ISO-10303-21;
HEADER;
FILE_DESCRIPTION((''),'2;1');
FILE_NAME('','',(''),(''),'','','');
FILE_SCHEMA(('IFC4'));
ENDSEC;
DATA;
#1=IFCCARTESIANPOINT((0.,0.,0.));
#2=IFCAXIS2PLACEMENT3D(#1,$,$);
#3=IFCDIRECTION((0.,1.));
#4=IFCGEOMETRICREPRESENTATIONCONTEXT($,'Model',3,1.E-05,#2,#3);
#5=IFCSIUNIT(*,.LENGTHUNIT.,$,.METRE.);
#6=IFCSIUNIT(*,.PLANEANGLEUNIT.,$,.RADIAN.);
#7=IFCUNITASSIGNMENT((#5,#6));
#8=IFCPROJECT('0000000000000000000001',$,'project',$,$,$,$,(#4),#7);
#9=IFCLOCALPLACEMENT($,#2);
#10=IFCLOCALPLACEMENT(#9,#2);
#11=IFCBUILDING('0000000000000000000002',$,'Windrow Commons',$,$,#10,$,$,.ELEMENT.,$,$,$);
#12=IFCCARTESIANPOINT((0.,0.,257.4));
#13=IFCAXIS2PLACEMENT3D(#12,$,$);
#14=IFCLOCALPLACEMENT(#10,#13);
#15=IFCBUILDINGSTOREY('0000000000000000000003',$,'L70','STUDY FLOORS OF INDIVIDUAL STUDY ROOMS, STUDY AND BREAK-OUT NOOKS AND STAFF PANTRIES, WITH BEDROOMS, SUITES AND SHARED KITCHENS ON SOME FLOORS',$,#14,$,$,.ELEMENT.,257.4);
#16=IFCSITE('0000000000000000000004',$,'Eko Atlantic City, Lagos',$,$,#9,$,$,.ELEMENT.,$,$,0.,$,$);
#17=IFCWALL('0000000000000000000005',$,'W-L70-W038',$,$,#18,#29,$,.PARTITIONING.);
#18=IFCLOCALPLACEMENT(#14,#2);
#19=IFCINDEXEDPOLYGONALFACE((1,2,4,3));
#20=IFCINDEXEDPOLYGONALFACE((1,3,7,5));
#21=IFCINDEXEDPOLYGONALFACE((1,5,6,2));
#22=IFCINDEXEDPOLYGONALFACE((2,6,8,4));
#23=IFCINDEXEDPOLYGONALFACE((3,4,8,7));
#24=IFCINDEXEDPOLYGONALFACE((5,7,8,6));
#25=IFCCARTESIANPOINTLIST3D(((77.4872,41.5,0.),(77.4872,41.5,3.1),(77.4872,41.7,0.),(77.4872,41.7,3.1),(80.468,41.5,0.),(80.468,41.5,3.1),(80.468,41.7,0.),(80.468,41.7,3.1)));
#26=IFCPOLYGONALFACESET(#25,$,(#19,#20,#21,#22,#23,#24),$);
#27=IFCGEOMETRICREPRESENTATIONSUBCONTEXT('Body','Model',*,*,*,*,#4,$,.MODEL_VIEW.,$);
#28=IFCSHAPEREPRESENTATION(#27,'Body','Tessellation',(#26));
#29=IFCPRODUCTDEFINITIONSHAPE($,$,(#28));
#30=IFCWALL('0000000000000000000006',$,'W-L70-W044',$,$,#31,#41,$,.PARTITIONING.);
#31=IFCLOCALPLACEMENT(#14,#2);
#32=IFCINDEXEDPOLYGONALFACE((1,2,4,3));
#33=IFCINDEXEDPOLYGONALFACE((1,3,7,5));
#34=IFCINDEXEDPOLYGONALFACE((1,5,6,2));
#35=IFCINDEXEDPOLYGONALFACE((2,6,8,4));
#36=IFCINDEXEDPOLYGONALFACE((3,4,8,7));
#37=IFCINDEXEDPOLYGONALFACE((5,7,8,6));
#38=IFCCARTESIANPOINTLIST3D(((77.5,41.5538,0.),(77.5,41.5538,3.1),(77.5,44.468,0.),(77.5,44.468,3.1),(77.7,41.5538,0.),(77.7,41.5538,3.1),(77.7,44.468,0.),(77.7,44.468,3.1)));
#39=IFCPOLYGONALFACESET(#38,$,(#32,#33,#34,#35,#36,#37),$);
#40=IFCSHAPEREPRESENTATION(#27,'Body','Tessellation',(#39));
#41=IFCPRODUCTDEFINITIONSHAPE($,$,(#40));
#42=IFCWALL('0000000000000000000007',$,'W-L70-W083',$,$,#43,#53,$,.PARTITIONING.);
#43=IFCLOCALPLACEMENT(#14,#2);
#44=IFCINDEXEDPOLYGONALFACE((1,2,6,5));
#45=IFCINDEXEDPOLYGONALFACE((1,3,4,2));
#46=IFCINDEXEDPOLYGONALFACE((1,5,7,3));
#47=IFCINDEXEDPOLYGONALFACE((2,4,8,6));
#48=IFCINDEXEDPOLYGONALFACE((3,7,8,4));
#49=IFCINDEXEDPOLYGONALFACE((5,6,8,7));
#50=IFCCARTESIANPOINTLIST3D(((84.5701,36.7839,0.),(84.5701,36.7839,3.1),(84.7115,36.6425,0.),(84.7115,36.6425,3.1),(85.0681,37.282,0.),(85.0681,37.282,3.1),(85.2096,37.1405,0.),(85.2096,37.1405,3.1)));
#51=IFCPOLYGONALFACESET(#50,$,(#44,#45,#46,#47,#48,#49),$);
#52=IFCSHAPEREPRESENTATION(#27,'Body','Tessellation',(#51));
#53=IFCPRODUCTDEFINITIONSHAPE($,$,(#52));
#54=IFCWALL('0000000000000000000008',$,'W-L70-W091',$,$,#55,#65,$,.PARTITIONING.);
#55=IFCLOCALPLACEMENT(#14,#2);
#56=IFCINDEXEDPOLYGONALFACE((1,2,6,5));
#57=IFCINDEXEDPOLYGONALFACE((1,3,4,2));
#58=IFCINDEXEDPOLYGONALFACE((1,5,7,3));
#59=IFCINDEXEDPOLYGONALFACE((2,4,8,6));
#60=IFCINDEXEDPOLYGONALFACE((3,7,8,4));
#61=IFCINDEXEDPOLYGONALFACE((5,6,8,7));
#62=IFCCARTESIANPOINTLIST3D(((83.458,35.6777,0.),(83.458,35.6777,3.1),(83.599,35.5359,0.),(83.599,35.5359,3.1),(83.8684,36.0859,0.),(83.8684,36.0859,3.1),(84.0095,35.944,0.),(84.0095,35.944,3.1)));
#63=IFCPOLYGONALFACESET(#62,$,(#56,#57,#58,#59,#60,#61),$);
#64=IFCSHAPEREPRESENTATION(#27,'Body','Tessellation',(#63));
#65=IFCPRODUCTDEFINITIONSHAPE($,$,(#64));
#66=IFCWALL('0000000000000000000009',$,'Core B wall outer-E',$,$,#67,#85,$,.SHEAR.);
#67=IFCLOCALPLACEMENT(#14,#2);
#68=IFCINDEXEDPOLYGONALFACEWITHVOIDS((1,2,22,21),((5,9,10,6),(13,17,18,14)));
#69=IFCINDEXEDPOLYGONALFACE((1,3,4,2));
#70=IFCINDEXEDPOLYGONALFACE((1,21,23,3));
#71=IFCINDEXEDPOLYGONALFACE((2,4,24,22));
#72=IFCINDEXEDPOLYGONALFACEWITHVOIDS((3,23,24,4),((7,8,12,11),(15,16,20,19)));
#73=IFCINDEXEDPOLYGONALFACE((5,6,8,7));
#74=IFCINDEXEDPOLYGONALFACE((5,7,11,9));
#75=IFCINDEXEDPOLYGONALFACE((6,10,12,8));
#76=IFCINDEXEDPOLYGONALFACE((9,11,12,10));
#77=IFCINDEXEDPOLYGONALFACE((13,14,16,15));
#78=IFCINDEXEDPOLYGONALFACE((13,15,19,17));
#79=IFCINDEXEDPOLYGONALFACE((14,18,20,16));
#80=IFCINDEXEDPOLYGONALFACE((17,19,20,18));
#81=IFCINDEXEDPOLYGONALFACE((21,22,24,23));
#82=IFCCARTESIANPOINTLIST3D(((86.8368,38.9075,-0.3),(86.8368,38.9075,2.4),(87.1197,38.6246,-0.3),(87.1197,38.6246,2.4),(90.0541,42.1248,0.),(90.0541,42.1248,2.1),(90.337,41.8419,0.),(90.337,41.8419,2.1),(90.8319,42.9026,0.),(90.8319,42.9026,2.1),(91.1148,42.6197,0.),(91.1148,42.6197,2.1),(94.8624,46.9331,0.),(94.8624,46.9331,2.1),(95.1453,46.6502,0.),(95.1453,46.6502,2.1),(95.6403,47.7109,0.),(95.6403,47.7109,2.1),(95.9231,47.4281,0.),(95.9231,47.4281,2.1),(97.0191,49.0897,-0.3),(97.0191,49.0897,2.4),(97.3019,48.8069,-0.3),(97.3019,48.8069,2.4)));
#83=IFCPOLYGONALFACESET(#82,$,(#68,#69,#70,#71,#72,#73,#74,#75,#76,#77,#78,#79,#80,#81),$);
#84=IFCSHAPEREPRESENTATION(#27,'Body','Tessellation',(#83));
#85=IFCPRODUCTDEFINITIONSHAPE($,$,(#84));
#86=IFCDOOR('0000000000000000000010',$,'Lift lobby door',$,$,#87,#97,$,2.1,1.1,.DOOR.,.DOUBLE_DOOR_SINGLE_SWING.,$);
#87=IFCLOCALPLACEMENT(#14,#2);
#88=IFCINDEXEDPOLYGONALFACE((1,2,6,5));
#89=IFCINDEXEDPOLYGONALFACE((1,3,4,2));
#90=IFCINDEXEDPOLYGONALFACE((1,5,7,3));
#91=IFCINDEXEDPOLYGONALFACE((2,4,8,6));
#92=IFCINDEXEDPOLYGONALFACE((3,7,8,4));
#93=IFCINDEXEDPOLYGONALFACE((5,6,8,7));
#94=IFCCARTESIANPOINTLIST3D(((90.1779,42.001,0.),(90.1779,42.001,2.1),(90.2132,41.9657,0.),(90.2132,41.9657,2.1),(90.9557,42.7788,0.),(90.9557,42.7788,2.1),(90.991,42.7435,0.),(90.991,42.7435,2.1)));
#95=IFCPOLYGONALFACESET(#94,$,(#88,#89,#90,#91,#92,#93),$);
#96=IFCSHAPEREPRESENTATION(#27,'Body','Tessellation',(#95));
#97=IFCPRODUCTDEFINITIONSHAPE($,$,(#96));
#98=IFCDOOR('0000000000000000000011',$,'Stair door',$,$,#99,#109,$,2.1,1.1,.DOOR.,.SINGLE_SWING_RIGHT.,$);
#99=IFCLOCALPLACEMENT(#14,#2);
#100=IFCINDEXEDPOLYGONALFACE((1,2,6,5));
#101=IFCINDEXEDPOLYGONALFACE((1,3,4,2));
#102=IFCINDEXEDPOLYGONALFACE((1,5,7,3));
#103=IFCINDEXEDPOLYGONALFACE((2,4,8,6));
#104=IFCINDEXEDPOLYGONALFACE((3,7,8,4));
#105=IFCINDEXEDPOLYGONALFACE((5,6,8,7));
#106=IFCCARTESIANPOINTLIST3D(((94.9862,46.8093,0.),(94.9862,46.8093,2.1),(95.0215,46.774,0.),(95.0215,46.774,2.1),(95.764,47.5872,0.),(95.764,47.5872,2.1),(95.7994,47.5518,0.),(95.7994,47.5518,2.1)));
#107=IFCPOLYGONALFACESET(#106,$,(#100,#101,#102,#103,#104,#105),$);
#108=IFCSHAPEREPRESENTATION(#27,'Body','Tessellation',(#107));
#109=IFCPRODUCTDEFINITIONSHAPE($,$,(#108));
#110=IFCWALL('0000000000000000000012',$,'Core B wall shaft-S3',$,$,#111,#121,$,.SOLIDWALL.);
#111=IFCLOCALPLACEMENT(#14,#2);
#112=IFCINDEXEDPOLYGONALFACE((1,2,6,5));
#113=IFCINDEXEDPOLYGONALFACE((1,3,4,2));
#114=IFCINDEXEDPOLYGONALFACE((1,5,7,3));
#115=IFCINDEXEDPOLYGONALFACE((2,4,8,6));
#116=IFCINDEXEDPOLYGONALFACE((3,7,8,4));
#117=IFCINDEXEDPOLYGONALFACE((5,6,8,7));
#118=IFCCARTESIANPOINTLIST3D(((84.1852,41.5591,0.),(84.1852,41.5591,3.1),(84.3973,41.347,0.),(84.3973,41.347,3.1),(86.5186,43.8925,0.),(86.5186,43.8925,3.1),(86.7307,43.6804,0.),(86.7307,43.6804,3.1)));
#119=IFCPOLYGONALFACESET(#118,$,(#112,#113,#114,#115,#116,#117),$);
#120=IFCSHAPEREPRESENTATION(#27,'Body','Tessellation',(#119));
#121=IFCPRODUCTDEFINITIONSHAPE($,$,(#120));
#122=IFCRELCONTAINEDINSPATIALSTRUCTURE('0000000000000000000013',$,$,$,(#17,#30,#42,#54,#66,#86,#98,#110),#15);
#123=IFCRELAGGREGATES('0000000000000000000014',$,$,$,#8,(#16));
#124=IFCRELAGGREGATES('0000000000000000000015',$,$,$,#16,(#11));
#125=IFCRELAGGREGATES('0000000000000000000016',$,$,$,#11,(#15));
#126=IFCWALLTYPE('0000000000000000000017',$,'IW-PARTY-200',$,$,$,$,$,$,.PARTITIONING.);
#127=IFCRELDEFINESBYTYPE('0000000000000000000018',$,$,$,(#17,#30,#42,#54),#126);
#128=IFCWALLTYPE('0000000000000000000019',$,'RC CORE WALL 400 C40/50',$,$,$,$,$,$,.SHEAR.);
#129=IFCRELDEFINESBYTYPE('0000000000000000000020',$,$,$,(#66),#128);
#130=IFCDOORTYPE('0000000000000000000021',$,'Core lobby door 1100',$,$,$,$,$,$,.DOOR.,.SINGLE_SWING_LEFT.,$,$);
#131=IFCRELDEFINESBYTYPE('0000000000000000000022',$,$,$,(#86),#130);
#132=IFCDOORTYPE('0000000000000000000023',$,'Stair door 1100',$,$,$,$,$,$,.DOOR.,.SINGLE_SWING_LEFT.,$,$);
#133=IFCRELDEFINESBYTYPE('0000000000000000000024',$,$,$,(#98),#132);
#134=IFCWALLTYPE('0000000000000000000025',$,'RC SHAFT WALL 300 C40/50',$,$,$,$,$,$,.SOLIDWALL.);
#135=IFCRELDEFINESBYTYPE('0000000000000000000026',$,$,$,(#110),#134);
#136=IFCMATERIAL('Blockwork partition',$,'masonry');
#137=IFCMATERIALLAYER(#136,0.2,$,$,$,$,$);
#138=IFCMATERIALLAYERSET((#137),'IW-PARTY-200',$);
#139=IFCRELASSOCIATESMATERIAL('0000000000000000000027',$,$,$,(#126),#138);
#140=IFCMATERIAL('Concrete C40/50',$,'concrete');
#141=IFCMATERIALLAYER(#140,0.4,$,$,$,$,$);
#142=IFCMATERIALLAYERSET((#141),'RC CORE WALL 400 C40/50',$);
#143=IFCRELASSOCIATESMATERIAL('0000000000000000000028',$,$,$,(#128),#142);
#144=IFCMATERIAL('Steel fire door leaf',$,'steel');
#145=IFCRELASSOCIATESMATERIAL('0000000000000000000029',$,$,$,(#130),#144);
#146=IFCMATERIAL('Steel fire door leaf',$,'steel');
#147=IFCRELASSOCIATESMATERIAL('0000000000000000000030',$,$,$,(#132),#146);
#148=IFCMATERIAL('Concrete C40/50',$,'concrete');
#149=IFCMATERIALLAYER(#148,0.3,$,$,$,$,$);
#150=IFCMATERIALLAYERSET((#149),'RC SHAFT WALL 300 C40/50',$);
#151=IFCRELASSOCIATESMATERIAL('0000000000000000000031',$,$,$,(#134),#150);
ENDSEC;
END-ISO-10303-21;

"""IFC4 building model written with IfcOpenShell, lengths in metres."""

from ifc_helpers import new_model, si_unit, direction, frame, frame_2d, origin, place, context, subcontext, project, spatial, rectangle, extrude, material, layer, layer_set, type_object, element, fill, save


model = new_model("IFC4")

# Units and contexts
model_context = context("Model", 3, precision=1e-05, world=origin(), true_north=direction((0.0, 1.0)))
body_context = subcontext(model_context, "Body", "Model", "MODEL_VIEW")
ifc_project = project(units=[si_unit("LENGTHUNIT", "METRE"), si_unit("PLANEANGLEUNIT", "RADIAN")], contexts=[model_context])

# Site, building, storey
site_placement = place(None, origin())
site = spatial("IfcSite", under=ifc_project, at=site_placement, Name="Eko Atlantic City, Lagos", CompositionType="ELEMENT", RefElevation=0.0)
building_placement = place(site_placement, origin())
building = spatial("IfcBuilding", under=site, at=building_placement, Name="Windrow Commons", CompositionType="ELEMENT")
storey_placement = place(building_placement, frame((0.0, 0.0, 257.4)))
storey = spatial("IfcBuildingStorey", under=building, at=storey_placement, Name="L70", Description="STUDY FLOORS OF INDIVIDUAL STUDY ROOMS, STUDY AND BREAK-OUT NOOKS AND STAFF PANTRIES, WITH BEDROOMS, SUITES AND SHARED KITCHENS ON SOME FLOORS", CompositionType="ELEMENT", Elevation=257.4)

# Walls
ifc_material_1 = material(Name="Blockwork partition", Category="masonry")
ifc_layer_1 = layer(ifc_material_1, 0.2)
ifc_layer_set_1 = layer_set([ifc_layer_1], Name="IW-PARTY-200")
wall_type_1 = type_object("IfcWallType", Name="IW-PARTY-200", PredefinedType="PARTITIONING", material=ifc_layer_set_1)
wall_1_placement = place(storey_placement, frame((77.4871, 41.6, 0.0), z_axis=(0.0, 0.0, 1.0), x_axis=(1.0, 0.0, 0.0)))
element("IfcWall", 1, at=wall_1_placement, inside=storey, type_object=wall_type_1, Name="W-L70-W038", PredefinedType="PARTITIONING", context=body_context, shape_type="SweptSolid", body=[
    extrude(rectangle(XDim=2.9809, YDim=0.2, at=frame_2d((1.4905, 0.0))), origin(), (0.0, 0.0, 1.0), 3.1),
])
wall_2_placement = place(storey_placement, frame((77.6, 41.5538, 0.0), z_axis=(0.0, 0.0, 1.0), x_axis=(0.0, 1.0, 0.0)))
element("IfcWall", 2, at=wall_2_placement, inside=storey, type_object=wall_type_1, Name="W-L70-W044", PredefinedType="PARTITIONING", context=body_context, shape_type="SweptSolid", body=[
    extrude(rectangle(XDim=2.9142, YDim=0.2, at=frame_2d((1.4571, 0.0))), origin(), (0.0, 0.0, 1.0), 3.1),
])
wall_3_placement = place(storey_placement, frame((84.6408, 36.7132, 0.0), z_axis=(0.0, 0.0, 1.0), x_axis=(0.707107, 0.707107, 0.0)))
element("IfcWall", 3, at=wall_3_placement, inside=storey, type_object=wall_type_1, Name="W-L70-W083", PredefinedType="PARTITIONING", context=body_context, shape_type="SweptSolid", body=[
    extrude(rectangle(XDim=0.7043, YDim=0.2, at=frame_2d((0.3522, 0.0))), origin(), (0.0, 0.0, 1.0), 3.1),
])
wall_4_placement = place(storey_placement, frame((83.5285, 35.6068, 0.0), z_axis=(0.0, 0.0, 1.0), x_axis=(0.70909, 0.705118, 0.0)))
element("IfcWall", 4, at=wall_4_placement, inside=storey, type_object=wall_type_1, Name="W-L70-W091", PredefinedType="PARTITIONING", context=body_context, shape_type="SweptSolid", body=[
    extrude(rectangle(XDim=0.5789, YDim=0.2, at=frame_2d((0.2894, 0.0))), origin(), (0.0, 0.0, 1.0), 3.1),
])

# Wall, openings, doors
ifc_material_2 = material(Name="Concrete C40/50", Category="concrete")
ifc_layer_2 = layer(ifc_material_2, 0.4)
ifc_layer_set_2 = layer_set([ifc_layer_2], Name="RC CORE WALL 400 C40/50")
wall_type_2 = type_object("IfcWallType", Name="RC CORE WALL 400 C40/50", PredefinedType="SHEAR", material=ifc_layer_set_2)
wall_5_placement = place(storey_placement, frame((86.9782, 38.766, -0.3), z_axis=(0.0, 0.0, 1.0), x_axis=(0.707107, 0.707107, 0.0)))
wall_5 = element("IfcWall", 5, at=wall_5_placement, inside=storey, type_object=wall_type_2, Name="Core B wall outer-E", PredefinedType="SHEAR", context=body_context, shape_type="SweptSolid", body=[
    extrude(rectangle(XDim=14.3999, YDim=0.4, at=frame_2d((7.2, 0.0))), origin(), (0.0, 0.0, 1.0), 2.7),
])
opening_1_placement = place(wall_5_placement, frame((4.55, 0.0, 0.3)))
opening_1 = element("IfcOpeningElement", 6, at=opening_1_placement, cuts=wall_5, PredefinedType="OPENING", context=body_context, shape_type="SweptSolid", body=[
    extrude(rectangle(XDim=1.1, YDim=2.1, at=frame_2d((0.55, 1.05))), frame((0.0, 0.21, 0.0), z_axis=(0.0, -1.0, 0.0), x_axis=(1.0, 0.0, 0.0)), (0.0, 0.0, 1.0), 0.42),
])
opening_2_placement = place(wall_5_placement, frame((11.35, 0.0, 0.3)))
opening_2 = element("IfcOpeningElement", 7, at=opening_2_placement, cuts=wall_5, PredefinedType="OPENING", context=body_context, shape_type="SweptSolid", body=[
    extrude(rectangle(XDim=1.1, YDim=2.1, at=frame_2d((0.55, 1.05))), frame((0.0, 0.21, 0.0), z_axis=(0.0, -1.0, 0.0), x_axis=(1.0, 0.0, 0.0)), (0.0, 0.0, 1.0), 0.42),
])
ifc_material_3 = material(Name="Steel fire door leaf", Category="steel")
door_type_1 = type_object("IfcDoorType", Name="Core lobby door 1100", OperationType="SINGLE_SWING_LEFT", PredefinedType="DOOR", material=ifc_material_3)
door_1_placement = place(opening_1_placement, origin())
door_1 = element("IfcDoor", 8, at=door_1_placement, inside=storey, type_object=door_type_1, Name="Lift lobby door", OperationType="DOUBLE_DOOR_SINGLE_SWING", OverallHeight=2.1, OverallWidth=1.1, PredefinedType="DOOR", context=body_context, shape_type="SweptSolid", body=[
    extrude(rectangle(XDim=1.1, YDim=2.1, at=frame_2d((0.55, 1.05))), frame((0.0, 0.025, 0.0), z_axis=(0.0, -1.0, 0.0), x_axis=(1.0, 0.0, 0.0)), (0.0, 0.0, 1.0), 0.05),
])
fill(opening_1, door_1)
ifc_material_4 = material(Name="Steel fire door leaf", Category="steel")
door_type_2 = type_object("IfcDoorType", Name="Stair door 1100", OperationType="SINGLE_SWING_LEFT", PredefinedType="DOOR", material=ifc_material_4)
door_2_placement = place(opening_2_placement, origin())
door_2 = element("IfcDoor", 9, at=door_2_placement, inside=storey, type_object=door_type_2, Name="Stair door", OperationType="SINGLE_SWING_RIGHT", OverallHeight=2.1, OverallWidth=1.1, PredefinedType="DOOR", context=body_context, shape_type="SweptSolid", body=[
    extrude(rectangle(XDim=1.1, YDim=2.1, at=frame_2d((0.55, 1.05))), frame((0.0, 0.025, 0.0), z_axis=(0.0, -1.0, 0.0), x_axis=(1.0, 0.0, 0.0)), (0.0, 0.0, 1.0), 0.05),
])
fill(opening_2, door_2)

# Wall
ifc_material_5 = material(Name="Concrete C40/50", Category="concrete")
ifc_layer_3 = layer(ifc_material_5, 0.3)
ifc_layer_set_3 = layer_set([ifc_layer_3], Name="RC SHAFT WALL 300 C40/50")
wall_type_3 = type_object("IfcWallType", Name="RC SHAFT WALL 300 C40/50", PredefinedType="SOLIDWALL", material=ifc_layer_set_3)
wall_6_placement = place(storey_placement, frame((84.2912, 41.453, 0.0), z_axis=(0.0, 0.0, 1.0), x_axis=(0.707107, 0.707107, 0.0)))
element("IfcWall", 10, at=wall_6_placement, inside=storey, type_object=wall_type_3, Name="Core B wall shaft-S3", PredefinedType="SOLIDWALL", context=body_context, shape_type="SweptSolid", body=[
    extrude(rectangle(XDim=3.2999, YDim=0.3, at=frame_2d((1.65, 0.0))), origin(), (0.0, 0.0, 1.0), 3.1),
])

save(model, "model.ifc")
